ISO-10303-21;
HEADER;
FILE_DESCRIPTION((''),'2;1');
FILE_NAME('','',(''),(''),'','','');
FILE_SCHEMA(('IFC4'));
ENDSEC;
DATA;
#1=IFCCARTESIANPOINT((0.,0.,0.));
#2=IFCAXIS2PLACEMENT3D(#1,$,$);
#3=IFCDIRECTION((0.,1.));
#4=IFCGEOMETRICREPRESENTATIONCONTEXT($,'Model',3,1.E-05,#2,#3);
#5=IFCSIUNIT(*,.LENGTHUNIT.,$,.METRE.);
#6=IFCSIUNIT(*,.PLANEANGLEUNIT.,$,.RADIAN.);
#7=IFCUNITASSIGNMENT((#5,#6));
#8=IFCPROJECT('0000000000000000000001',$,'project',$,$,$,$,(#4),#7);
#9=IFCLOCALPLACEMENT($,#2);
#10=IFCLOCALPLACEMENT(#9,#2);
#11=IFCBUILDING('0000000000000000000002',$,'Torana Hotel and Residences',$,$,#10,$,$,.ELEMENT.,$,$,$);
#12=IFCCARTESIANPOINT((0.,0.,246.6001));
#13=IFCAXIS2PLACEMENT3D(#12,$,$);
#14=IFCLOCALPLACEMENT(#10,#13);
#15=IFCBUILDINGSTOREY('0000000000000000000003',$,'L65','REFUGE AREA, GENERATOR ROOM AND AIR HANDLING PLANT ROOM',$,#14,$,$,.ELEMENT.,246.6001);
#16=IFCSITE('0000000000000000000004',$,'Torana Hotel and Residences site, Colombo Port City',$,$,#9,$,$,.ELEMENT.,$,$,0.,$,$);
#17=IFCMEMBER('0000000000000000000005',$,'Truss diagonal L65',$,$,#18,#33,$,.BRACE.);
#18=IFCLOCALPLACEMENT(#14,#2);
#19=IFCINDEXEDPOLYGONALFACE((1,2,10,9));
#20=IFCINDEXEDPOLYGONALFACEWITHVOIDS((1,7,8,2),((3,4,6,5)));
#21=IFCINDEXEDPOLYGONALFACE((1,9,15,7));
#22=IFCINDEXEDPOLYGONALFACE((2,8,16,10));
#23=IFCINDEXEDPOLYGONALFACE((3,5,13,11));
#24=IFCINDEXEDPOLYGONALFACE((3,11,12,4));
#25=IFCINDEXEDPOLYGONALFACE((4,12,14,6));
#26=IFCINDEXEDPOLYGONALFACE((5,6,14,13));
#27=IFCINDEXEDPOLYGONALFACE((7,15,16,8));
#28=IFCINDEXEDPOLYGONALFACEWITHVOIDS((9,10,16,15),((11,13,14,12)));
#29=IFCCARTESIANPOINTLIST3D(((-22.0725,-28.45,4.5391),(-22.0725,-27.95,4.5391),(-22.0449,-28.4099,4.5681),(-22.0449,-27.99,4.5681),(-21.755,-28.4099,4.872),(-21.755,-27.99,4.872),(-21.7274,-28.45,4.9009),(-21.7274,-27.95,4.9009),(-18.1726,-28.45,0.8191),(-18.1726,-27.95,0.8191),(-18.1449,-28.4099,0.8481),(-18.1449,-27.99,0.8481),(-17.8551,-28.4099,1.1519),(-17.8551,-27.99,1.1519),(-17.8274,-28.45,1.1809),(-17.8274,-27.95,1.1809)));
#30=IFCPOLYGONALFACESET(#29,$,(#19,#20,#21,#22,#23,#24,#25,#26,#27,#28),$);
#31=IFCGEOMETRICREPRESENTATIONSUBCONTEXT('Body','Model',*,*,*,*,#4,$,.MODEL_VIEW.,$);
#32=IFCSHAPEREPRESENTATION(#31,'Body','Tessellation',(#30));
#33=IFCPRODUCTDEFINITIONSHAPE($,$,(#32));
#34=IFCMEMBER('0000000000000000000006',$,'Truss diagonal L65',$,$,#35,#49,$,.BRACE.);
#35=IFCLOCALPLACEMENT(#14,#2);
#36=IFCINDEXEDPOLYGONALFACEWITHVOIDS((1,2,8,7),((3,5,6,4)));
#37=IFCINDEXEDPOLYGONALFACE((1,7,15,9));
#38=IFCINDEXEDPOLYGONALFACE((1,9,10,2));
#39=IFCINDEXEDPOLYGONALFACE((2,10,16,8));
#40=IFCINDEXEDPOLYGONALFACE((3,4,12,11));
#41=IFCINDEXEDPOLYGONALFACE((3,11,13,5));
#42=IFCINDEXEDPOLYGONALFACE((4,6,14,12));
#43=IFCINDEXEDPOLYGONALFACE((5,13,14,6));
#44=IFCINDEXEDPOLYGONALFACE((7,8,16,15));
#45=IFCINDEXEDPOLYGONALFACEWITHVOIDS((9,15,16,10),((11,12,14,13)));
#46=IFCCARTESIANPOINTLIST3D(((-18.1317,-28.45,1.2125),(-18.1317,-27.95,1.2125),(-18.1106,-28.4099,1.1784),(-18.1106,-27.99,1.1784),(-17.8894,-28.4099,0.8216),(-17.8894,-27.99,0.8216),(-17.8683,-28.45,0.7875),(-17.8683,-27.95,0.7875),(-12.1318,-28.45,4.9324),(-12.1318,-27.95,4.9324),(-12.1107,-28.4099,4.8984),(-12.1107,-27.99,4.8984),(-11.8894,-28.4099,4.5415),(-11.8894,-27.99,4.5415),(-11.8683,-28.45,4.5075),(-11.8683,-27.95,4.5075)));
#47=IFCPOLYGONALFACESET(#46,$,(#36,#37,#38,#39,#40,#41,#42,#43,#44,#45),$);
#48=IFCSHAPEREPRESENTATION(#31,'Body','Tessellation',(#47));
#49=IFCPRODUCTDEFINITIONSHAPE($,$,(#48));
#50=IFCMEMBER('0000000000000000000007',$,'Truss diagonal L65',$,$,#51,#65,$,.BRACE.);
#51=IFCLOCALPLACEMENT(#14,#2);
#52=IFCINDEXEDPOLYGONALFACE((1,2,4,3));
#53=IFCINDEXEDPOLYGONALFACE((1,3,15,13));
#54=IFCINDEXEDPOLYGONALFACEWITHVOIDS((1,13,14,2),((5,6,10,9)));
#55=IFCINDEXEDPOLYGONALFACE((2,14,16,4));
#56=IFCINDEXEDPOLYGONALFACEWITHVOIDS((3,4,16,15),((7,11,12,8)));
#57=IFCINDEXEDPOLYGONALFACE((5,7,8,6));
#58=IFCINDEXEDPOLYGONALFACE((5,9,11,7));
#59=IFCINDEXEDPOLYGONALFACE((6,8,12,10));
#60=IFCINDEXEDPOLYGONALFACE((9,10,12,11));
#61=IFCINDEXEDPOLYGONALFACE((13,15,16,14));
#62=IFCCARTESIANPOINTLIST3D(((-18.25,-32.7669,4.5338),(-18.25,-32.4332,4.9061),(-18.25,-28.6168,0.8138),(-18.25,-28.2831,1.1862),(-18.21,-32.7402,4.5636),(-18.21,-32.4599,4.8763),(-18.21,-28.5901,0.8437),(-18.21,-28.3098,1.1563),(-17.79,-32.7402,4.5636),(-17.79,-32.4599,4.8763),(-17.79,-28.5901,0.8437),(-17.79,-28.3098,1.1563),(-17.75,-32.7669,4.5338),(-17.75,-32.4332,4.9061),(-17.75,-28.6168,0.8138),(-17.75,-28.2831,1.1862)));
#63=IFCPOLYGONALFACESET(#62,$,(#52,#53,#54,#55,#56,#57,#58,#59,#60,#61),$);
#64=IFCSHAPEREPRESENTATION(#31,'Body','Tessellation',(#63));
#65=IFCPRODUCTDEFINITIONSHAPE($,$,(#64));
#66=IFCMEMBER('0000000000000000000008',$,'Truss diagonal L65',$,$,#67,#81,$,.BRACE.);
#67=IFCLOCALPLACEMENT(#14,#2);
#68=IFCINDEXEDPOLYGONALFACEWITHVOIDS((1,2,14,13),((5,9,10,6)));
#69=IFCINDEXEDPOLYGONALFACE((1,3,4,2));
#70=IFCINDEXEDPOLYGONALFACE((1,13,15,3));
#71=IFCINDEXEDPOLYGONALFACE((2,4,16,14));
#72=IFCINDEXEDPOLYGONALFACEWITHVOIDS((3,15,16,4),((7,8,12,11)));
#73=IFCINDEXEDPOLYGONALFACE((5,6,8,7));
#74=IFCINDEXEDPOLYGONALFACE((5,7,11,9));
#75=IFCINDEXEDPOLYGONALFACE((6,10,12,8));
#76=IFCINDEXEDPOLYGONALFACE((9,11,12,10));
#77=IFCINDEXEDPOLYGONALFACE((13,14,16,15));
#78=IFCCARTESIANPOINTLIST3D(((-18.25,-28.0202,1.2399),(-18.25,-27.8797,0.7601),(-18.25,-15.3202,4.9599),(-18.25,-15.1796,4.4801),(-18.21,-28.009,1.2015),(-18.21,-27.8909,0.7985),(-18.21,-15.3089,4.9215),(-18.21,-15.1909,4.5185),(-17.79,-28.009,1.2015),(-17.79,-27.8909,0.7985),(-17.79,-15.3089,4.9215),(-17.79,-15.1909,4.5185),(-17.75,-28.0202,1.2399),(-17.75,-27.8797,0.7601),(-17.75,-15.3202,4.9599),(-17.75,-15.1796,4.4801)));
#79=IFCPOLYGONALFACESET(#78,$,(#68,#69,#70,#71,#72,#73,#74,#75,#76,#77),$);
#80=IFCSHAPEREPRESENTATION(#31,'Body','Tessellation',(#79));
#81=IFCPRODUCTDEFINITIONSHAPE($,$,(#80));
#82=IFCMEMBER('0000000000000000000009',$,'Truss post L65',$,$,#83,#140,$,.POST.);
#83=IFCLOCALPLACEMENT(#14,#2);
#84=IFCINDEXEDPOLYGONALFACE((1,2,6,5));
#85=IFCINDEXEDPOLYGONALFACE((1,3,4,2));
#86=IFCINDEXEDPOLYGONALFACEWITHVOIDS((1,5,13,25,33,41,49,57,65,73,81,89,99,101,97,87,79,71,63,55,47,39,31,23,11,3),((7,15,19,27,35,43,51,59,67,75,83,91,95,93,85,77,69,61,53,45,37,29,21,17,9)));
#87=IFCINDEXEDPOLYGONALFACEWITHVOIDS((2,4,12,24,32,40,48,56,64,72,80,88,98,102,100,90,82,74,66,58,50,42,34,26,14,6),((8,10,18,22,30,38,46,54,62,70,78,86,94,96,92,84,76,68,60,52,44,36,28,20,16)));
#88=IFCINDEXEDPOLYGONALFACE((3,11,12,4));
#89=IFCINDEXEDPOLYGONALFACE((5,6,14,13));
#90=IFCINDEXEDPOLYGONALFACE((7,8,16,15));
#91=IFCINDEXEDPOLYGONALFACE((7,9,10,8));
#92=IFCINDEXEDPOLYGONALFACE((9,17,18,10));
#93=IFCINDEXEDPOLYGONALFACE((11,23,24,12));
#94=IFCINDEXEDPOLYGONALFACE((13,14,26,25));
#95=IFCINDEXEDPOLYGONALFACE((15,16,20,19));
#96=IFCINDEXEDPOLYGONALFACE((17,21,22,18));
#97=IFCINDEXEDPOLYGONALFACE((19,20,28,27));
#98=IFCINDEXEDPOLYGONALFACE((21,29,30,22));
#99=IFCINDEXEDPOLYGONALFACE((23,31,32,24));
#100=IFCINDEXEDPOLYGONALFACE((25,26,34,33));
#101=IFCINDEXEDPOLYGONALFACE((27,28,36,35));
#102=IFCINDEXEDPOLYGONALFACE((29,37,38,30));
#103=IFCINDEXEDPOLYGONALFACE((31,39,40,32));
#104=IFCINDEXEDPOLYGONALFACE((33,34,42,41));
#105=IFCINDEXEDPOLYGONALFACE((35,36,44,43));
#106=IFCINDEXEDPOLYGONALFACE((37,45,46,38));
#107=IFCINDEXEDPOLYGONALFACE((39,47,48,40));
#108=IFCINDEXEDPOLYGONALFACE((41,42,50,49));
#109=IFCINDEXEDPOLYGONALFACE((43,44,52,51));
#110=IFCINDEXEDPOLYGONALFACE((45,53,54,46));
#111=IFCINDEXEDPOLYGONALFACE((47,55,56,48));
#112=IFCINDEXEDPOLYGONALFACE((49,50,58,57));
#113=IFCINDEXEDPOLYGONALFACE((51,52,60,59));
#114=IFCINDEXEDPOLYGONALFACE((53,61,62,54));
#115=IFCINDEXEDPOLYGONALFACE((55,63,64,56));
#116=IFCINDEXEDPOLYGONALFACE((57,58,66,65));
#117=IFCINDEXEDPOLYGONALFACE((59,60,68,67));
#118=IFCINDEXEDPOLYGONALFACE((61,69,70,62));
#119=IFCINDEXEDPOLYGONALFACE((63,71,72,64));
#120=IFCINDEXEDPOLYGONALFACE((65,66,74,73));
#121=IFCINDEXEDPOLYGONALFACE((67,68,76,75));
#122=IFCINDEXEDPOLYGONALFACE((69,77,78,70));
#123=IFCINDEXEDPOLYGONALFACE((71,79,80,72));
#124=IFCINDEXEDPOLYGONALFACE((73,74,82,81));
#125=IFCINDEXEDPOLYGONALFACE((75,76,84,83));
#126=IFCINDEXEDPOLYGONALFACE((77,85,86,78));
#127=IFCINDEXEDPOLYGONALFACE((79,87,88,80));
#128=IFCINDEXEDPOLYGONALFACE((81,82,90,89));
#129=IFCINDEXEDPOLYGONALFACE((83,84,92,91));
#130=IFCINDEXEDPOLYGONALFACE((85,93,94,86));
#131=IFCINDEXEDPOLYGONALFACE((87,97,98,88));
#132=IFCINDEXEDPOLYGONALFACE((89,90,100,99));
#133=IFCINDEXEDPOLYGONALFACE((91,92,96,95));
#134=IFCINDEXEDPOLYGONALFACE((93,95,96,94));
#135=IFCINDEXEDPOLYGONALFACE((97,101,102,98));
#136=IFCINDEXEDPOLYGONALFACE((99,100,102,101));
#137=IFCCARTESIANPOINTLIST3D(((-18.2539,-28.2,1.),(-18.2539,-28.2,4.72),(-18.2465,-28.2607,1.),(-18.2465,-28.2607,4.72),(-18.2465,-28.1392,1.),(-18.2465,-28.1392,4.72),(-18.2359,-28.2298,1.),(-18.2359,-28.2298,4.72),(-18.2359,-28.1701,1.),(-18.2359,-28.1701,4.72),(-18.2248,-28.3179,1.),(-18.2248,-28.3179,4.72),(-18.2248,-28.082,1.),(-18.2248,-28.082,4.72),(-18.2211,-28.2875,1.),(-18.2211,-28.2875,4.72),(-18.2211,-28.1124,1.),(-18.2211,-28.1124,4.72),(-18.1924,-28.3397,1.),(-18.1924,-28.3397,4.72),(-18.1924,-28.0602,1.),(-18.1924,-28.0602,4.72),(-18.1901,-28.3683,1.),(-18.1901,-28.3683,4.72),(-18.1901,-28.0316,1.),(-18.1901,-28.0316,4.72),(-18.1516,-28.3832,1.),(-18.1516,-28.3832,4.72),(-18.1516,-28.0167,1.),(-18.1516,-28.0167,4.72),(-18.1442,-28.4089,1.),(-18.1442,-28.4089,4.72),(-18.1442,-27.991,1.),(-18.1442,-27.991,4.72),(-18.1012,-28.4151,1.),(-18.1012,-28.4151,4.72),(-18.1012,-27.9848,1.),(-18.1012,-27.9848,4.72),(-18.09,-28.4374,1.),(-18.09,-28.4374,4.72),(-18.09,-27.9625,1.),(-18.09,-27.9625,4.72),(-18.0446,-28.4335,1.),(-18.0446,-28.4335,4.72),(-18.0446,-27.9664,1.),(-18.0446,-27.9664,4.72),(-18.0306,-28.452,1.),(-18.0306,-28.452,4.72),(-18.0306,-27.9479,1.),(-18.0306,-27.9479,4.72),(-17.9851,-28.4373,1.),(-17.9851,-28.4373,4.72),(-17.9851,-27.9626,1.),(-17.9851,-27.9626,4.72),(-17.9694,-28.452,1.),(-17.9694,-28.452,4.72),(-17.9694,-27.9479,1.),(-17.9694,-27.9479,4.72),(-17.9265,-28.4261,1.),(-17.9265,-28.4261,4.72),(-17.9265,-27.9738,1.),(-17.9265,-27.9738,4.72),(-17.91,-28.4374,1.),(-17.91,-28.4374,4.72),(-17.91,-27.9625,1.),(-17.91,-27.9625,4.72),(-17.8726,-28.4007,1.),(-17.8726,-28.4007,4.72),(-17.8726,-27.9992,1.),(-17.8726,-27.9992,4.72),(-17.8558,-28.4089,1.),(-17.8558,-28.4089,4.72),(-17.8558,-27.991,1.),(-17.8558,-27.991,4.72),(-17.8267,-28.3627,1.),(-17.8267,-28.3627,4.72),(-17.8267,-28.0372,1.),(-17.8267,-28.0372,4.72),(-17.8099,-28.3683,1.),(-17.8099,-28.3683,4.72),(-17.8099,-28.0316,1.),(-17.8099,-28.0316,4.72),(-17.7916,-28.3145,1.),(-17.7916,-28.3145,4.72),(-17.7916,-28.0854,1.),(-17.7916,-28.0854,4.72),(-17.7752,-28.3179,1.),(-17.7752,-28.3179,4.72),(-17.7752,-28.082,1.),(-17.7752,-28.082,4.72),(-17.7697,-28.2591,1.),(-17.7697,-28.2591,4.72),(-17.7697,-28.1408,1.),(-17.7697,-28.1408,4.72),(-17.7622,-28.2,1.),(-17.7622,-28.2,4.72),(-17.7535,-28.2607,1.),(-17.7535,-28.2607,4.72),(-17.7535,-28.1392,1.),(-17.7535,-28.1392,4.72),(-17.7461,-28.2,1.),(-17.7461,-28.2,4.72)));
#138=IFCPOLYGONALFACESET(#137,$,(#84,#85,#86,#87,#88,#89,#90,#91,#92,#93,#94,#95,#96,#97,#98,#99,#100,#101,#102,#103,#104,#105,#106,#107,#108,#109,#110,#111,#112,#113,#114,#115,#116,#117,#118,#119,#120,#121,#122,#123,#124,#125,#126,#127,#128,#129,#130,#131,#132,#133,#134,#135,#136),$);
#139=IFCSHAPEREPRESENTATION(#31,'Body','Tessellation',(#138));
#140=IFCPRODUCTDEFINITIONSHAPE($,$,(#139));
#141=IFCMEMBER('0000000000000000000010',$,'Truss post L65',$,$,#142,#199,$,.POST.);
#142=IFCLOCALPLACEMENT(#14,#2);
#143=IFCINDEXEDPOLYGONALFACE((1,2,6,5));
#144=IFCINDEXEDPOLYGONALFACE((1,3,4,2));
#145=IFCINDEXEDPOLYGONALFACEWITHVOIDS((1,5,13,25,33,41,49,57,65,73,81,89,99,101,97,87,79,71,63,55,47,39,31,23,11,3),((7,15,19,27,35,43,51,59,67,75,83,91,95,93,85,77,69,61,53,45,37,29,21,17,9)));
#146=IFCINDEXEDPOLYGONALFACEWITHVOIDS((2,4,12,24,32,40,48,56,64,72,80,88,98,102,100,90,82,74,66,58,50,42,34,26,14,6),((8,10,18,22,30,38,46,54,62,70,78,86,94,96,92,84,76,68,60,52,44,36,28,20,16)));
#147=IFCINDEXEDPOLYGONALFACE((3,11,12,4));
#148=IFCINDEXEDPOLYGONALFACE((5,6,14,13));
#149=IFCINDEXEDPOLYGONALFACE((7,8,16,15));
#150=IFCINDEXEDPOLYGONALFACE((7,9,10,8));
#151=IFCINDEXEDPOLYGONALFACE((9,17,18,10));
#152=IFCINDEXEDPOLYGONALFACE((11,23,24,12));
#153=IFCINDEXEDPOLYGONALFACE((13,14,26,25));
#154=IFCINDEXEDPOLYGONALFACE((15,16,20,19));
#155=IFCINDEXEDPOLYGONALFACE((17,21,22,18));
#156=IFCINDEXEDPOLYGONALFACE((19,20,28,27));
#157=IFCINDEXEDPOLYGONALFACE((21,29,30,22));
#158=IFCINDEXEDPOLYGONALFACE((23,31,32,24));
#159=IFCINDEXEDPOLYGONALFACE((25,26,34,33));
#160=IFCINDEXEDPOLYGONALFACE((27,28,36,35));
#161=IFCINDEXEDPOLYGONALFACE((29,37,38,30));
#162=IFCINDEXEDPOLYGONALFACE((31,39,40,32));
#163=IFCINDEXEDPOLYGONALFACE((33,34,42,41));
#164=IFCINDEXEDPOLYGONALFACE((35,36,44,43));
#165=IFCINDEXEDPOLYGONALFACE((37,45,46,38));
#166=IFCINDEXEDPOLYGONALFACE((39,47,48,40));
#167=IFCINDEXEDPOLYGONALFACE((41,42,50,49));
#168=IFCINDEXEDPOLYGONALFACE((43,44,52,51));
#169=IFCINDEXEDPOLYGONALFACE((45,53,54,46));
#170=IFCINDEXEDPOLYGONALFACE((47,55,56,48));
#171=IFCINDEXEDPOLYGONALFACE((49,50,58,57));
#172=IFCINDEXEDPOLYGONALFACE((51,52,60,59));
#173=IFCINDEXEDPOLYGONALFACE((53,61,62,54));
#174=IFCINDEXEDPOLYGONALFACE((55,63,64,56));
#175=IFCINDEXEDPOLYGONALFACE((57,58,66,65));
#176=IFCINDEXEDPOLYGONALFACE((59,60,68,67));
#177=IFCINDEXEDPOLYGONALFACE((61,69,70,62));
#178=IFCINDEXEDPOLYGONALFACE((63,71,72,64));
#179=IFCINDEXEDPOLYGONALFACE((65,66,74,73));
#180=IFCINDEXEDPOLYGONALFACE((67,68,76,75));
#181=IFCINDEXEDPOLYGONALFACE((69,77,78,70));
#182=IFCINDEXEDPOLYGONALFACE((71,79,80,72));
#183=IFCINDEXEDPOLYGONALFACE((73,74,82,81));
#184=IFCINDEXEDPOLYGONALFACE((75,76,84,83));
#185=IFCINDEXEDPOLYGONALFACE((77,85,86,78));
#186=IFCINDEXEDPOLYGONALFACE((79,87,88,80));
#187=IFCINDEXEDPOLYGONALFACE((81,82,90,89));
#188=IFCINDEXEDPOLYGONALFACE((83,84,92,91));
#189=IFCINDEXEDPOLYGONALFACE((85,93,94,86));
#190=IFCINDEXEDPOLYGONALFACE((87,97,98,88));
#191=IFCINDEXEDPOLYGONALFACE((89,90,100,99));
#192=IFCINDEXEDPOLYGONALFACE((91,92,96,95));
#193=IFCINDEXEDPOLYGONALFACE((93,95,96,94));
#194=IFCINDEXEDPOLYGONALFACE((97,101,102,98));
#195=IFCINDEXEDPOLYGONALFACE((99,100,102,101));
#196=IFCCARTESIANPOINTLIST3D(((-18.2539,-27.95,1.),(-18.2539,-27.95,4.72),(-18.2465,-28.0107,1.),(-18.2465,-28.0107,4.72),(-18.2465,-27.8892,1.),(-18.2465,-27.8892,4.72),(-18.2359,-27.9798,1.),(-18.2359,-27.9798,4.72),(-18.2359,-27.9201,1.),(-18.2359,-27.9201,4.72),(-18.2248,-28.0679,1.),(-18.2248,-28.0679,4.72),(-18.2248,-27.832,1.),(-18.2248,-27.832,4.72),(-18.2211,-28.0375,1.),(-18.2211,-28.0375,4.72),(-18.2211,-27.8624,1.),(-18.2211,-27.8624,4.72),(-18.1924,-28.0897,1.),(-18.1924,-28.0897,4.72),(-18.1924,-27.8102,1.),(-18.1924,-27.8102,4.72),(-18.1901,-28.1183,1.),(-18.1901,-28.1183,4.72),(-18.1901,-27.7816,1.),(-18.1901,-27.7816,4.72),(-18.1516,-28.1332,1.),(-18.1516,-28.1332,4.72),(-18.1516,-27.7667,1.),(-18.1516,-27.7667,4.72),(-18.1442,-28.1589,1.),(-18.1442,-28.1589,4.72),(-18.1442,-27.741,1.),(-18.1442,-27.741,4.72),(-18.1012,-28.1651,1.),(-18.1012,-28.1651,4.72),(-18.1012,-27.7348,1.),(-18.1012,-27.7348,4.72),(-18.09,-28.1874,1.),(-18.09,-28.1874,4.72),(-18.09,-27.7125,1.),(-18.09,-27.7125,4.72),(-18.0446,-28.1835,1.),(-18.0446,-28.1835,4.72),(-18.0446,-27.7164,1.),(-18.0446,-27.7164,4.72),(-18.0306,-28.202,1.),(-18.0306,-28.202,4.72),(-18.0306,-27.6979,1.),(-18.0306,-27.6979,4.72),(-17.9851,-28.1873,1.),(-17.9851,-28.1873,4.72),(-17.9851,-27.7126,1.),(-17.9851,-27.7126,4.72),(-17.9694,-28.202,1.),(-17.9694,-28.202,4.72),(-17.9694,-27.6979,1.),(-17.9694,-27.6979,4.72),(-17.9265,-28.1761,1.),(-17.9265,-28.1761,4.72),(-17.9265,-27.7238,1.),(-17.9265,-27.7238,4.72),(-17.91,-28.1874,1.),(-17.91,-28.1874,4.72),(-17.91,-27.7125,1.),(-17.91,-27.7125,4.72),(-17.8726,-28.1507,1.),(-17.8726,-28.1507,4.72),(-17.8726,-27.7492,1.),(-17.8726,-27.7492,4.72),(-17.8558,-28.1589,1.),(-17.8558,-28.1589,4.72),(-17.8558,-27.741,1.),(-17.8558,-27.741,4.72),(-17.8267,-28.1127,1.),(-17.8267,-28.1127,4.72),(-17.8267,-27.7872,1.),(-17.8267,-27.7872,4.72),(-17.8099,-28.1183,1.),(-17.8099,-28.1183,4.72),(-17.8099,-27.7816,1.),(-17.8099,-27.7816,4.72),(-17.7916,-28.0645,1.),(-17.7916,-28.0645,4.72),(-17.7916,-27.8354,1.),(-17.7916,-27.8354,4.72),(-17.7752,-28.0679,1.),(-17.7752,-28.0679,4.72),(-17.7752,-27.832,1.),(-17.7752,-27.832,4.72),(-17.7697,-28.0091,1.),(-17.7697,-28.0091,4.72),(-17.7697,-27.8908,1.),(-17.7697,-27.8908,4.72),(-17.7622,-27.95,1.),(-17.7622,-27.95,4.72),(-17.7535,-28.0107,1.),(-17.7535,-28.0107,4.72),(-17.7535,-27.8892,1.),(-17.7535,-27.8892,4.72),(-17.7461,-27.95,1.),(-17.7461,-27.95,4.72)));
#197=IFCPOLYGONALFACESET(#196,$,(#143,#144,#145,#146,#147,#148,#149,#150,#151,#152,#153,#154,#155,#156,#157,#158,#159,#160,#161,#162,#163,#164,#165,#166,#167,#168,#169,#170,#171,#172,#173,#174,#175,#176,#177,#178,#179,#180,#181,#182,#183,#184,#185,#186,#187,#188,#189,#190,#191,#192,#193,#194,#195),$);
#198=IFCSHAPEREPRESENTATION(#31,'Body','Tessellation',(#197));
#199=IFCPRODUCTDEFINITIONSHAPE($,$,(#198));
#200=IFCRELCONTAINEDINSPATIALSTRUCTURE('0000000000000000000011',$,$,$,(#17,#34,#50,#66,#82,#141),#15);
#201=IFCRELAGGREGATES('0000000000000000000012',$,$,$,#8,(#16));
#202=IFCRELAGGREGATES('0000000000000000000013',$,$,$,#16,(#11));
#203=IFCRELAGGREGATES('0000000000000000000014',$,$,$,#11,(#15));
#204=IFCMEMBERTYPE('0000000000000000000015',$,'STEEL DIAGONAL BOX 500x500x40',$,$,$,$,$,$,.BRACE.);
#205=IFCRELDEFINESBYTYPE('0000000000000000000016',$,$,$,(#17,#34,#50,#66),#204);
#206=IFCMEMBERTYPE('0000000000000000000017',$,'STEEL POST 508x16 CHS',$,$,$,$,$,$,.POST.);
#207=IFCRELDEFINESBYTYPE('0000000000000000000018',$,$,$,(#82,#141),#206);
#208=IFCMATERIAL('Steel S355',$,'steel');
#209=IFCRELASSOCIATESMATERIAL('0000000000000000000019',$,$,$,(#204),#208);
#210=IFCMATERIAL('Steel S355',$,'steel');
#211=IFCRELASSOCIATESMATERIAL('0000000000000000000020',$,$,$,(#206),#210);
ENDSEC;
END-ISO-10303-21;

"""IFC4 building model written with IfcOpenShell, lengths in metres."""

from ifc_helpers import new_model, si_unit, direction, frame, origin, origin_2d, place, context, subcontext, project, spatial, hollow_rectangle, hollow_circle, extrude, material, material_profile, profile_set, type_object, element, save


model = new_model("IFC4")

# Units and contexts
model_context = context("Model", 3, precision=1e-05, world=origin(), true_north=direction((0.0, 1.0)))
body_context = subcontext(model_context, "Body", "Model", "MODEL_VIEW")
ifc_project = project(units=[si_unit("LENGTHUNIT", "METRE"), si_unit("PLANEANGLEUNIT", "RADIAN")], contexts=[model_context])

# Site, building, storey
site_placement = place(None, origin())
site = spatial("IfcSite", under=ifc_project, at=site_placement, Name="Torana Hotel and Residences site, Colombo Port City", CompositionType="ELEMENT", RefElevation=0.0)
building_placement = place(site_placement, origin())
building = spatial("IfcBuilding", under=site, at=building_placement, Name="Torana Hotel and Residences", CompositionType="ELEMENT")
storey_placement = place(building_placement, frame((0.0, 0.0, 246.6001)))
storey = spatial("IfcBuildingStorey", under=building, at=storey_placement, Name="L65", Description="REFUGE AREA, GENERATOR ROOM AND AIR HANDLING PLANT ROOM", CompositionType="ELEMENT", Elevation=246.6001)

# Members
ifc_material_1 = material(Name="Steel S355", Category="steel")
ifc_material_profile_1 = material_profile(ifc_material_1, hollow_rectangle(XDim=0.5, YDim=0.5, WallThickness=0.04, at=origin_2d()), Name="BOX 500x500x40")
ifc_profile_set_1 = profile_set([ifc_material_profile_1], Name="Steel S355")
member_type_1 = type_object("IfcMemberType", Name="STEEL DIAGONAL BOX 500x500x40", PredefinedType="BRACE", material=ifc_profile_set_1)
member_1_placement = place(storey_placement, frame((-18.0, -28.2, 1.0), z_axis=(-0.723602, 0.0, 0.690217), x_axis=(0.0, -1.0, 0.0)))
element("IfcMember", 1, at=member_1_placement, inside=storey, type_object=member_type_1, Name="Truss diagonal L65", PredefinedType="BRACE", context=body_context, shape_type="SweptSolid", body=[
    extrude(hollow_rectangle(XDim=0.5, YDim=0.5, WallThickness=0.04, at=origin_2d()), origin(), (0.0, 0.0, 1.0), 5.3896),
])
member_2_placement = place(storey_placement, frame((-18.0, -28.2, 1.0), z_axis=(0.849905, 0.0, 0.526937), x_axis=(0.0, 1.0, 0.0)))
element("IfcMember", 2, at=member_2_placement, inside=storey, type_object=member_type_1, Name="Truss diagonal L65", PredefinedType="BRACE", context=body_context, shape_type="SweptSolid", body=[
    extrude(hollow_rectangle(XDim=0.5, YDim=0.5, WallThickness=0.04, at=origin_2d()), origin(), (0.0, 0.0, 1.0), 7.0596),
])
member_3_placement = place(storey_placement, frame((-18.0, -28.45, 1.0), z_axis=(0.0, -0.744645, 0.66746), x_axis=(1.0, 0.0, 0.0)))
element("IfcMember", 3, at=member_3_placement, inside=storey, type_object=member_type_1, Name="Truss diagonal L65", PredefinedType="BRACE", context=body_context, shape_type="SweptSolid", body=[
    extrude(hollow_rectangle(XDim=0.5, YDim=0.5, WallThickness=0.04, at=origin_2d()), origin(), (0.0, 0.0, 1.0), 5.5732),
])
member_4_placement = place(storey_placement, frame((-18.0, -27.95, 1.0), z_axis=(0.0, 0.959678, 0.281101), x_axis=(-1.0, 0.0, 0.0)))
element("IfcMember", 4, at=member_4_placement, inside=storey, type_object=member_type_1, Name="Truss diagonal L65", PredefinedType="BRACE", context=body_context, shape_type="SweptSolid", body=[
    extrude(hollow_rectangle(XDim=0.5, YDim=0.5, WallThickness=0.04, at=origin_2d()), origin(), (0.0, 0.0, 1.0), 13.2336),
])
ifc_material_2 = material(Name="Steel S355", Category="steel")
ifc_material_profile_2 = material_profile(ifc_material_2, hollow_circle(Radius=0.2539, WallThickness=0.0161, at=origin_2d()), Name="508x16 CHS")
ifc_profile_set_2 = profile_set([ifc_material_profile_2], Name="Steel S355")
member_type_2 = type_object("IfcMemberType", Name="STEEL POST 508x16 CHS", PredefinedType="POST", material=ifc_profile_set_2)
for number, where, z_axis, x_axis, name in (
    (5, (-18.0, -28.2, 1.0), (0.0, 0.0, 1.0), (1.0, 0.0, 0.0), "Truss post L65"),
    (6, (-18.0, -27.95, 1.0), (0.0, 0.0, 1.0), (1.0, 0.0, 0.0), "Truss post L65"),
):
    element("IfcMember", number, at=place(storey_placement, frame(where, z_axis=z_axis, x_axis=x_axis)), inside=storey, type_object=member_type_2, Name=name, PredefinedType="POST", context=body_context, shape_type="SweptSolid", body=[
        extrude(hollow_circle(Radius=0.2539, WallThickness=0.0161, at=origin_2d()), origin(), (0.0, 0.0, 1.0), 3.72),
    ])

save(model, "model.ifc")
